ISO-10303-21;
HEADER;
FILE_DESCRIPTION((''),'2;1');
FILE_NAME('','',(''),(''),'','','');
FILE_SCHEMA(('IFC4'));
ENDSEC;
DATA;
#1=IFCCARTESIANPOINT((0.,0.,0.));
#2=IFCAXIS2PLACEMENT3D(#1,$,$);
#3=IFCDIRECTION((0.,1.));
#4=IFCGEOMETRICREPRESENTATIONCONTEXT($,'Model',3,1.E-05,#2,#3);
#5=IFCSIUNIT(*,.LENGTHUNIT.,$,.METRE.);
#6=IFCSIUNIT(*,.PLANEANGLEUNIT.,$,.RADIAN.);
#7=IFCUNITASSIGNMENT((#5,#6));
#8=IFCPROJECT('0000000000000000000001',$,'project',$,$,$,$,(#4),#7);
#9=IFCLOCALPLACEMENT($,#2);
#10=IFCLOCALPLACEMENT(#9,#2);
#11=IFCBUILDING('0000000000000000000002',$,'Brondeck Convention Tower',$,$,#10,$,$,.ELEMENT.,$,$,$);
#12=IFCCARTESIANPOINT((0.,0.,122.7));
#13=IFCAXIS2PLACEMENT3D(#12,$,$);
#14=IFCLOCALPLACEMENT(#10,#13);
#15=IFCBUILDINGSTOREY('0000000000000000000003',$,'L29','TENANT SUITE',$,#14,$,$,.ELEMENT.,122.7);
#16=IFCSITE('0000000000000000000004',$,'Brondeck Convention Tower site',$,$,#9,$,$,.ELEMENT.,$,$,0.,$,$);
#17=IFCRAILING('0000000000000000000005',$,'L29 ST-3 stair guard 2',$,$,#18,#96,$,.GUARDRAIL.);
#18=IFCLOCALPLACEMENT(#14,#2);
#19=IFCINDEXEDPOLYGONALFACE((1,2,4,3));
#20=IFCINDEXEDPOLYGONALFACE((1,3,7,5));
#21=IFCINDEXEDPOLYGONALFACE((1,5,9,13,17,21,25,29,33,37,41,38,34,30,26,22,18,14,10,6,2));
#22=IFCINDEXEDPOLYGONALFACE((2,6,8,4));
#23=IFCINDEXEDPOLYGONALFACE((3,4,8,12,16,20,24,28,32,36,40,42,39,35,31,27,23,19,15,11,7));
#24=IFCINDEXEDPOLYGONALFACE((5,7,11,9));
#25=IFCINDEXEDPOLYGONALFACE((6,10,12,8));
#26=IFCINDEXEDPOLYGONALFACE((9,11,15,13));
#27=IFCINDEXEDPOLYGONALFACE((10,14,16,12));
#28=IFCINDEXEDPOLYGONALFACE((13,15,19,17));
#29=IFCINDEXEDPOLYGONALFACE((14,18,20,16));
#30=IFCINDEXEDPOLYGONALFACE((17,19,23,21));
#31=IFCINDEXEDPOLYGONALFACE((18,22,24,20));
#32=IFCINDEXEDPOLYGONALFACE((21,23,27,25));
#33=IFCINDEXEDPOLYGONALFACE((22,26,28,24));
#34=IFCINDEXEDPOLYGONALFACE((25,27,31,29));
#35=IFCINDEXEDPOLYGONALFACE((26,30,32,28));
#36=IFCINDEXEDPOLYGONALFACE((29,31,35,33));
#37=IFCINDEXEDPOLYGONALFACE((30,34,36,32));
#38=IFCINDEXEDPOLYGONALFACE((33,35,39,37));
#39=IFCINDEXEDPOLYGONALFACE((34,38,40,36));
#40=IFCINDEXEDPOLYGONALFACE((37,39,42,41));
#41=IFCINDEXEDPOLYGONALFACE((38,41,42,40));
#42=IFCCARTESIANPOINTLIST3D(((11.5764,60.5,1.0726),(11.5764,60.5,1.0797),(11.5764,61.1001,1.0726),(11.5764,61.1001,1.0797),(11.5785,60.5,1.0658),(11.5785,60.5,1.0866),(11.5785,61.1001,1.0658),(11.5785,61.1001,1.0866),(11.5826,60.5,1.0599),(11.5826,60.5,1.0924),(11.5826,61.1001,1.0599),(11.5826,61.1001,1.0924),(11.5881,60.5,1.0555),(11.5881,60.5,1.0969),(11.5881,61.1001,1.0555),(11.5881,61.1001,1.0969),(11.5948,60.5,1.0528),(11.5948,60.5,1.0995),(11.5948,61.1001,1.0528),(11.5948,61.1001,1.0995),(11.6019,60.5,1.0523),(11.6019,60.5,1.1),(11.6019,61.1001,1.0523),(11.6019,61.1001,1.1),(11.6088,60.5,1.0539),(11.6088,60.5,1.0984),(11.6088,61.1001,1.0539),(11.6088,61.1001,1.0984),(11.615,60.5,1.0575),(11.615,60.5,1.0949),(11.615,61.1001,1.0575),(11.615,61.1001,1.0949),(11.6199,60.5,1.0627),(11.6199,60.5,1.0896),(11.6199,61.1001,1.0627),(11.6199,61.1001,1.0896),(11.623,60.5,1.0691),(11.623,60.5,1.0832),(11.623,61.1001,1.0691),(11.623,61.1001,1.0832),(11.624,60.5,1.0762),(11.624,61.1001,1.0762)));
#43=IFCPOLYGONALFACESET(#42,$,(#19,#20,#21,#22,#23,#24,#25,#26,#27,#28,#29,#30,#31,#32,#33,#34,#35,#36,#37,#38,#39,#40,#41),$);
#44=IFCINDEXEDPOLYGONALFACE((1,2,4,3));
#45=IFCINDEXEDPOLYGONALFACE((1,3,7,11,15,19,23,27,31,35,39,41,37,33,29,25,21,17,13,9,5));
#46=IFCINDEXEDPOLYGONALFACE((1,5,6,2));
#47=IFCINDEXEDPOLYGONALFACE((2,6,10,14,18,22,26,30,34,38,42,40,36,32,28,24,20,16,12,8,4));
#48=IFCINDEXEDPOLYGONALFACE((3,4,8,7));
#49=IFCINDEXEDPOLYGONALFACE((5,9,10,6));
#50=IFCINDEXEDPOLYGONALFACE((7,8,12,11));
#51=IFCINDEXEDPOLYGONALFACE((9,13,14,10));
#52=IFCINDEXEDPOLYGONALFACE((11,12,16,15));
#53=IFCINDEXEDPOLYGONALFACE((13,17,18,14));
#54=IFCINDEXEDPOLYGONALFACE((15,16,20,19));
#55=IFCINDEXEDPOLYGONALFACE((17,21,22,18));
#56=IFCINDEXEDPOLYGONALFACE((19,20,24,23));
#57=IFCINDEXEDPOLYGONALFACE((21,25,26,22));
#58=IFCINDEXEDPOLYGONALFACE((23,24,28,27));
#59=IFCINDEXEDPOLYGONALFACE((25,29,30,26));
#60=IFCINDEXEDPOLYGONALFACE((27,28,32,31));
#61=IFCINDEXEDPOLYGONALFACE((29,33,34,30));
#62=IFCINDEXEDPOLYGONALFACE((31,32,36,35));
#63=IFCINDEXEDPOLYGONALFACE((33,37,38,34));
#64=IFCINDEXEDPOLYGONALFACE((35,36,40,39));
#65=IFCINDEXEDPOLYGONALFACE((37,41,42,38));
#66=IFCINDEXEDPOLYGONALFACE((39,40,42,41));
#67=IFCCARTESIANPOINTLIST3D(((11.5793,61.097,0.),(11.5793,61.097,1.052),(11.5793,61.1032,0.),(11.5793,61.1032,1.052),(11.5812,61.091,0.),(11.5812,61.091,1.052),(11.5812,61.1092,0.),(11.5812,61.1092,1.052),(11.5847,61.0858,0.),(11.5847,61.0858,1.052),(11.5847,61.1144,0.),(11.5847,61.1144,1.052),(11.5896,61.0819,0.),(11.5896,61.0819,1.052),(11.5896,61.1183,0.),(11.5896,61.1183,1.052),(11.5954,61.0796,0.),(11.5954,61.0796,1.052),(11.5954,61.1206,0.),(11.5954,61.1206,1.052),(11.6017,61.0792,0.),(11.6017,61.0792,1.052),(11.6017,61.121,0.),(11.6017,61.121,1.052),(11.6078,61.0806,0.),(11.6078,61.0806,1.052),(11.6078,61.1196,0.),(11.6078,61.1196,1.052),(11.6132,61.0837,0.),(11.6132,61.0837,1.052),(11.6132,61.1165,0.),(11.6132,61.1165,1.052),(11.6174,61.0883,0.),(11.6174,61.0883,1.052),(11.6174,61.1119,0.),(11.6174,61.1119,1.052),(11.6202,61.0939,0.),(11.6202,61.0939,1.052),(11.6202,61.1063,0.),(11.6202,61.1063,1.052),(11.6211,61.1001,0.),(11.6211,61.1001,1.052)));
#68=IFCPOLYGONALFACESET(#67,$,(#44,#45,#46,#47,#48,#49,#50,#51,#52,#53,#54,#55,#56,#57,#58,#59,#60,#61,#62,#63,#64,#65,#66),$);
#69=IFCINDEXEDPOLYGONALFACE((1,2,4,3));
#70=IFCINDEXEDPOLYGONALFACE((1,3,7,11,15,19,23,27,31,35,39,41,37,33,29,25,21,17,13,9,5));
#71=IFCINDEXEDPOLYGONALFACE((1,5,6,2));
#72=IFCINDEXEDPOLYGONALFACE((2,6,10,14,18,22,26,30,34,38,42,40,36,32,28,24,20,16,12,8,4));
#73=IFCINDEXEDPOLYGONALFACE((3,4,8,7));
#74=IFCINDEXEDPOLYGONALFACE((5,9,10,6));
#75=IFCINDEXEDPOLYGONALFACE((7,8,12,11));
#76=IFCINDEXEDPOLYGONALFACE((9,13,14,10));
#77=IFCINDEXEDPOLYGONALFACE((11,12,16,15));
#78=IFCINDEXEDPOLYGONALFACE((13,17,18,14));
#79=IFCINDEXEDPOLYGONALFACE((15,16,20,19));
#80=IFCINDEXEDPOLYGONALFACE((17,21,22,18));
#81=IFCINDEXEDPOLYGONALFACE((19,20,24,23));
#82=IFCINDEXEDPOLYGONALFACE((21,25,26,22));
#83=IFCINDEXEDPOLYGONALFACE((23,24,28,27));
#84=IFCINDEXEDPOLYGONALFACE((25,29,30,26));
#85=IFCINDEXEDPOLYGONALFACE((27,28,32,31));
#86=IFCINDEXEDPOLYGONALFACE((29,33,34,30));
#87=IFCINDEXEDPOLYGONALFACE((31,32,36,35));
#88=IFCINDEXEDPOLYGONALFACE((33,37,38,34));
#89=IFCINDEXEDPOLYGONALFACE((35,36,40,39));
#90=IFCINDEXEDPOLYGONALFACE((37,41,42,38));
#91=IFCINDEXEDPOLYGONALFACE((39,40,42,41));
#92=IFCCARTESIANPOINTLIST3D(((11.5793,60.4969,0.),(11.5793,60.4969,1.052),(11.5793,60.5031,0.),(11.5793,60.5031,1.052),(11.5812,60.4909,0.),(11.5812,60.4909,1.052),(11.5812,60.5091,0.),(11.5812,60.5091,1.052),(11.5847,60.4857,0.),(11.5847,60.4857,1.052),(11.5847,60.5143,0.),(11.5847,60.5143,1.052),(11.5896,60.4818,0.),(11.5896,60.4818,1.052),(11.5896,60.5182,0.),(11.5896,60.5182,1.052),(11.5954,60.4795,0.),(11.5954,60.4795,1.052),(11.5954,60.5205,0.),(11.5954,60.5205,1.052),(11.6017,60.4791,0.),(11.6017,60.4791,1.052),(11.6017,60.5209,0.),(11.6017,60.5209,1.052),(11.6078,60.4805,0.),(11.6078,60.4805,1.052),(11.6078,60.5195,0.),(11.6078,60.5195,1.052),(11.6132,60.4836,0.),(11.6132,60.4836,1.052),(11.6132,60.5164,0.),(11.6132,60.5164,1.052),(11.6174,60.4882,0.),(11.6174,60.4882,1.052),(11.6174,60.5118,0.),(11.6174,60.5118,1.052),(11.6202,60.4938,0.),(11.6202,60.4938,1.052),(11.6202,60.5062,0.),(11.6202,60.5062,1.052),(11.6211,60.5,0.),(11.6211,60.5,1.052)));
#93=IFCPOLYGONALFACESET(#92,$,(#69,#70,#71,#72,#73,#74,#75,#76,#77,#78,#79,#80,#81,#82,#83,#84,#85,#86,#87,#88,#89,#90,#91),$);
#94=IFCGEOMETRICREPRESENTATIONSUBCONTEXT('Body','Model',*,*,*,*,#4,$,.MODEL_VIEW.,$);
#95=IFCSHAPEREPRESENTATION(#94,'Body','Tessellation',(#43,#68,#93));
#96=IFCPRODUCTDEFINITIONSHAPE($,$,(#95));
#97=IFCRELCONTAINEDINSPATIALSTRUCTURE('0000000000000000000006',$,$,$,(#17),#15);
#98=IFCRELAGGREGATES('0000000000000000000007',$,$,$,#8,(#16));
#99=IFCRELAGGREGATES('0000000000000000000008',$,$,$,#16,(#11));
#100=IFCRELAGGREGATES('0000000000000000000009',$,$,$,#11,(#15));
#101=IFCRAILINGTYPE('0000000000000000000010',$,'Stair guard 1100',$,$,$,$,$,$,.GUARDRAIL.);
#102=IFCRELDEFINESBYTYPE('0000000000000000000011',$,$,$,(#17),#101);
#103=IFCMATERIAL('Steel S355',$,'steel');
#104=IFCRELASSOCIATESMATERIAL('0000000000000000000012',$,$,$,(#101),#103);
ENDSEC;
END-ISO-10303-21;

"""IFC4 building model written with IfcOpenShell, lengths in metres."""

from ifc_helpers import new_model, si_unit, direction, frame, origin, origin_2d, place, context, subcontext, project, spatial, circle, extrude, material, type_object, element, save


model = new_model("IFC4")

# Units and contexts
model_context = context("Model", 3, precision=1e-05, world=origin(), true_north=direction((0.0, 1.0)))
body_context = subcontext(model_context, "Body", "Model", "MODEL_VIEW")
ifc_project = project(units=[si_unit("LENGTHUNIT", "METRE"), si_unit("PLANEANGLEUNIT", "RADIAN")], contexts=[model_context])

# Site, building, storey
site_placement = place(None, origin())
site = spatial("IfcSite", under=ifc_project, at=site_placement, Name="Brondeck Convention Tower site", CompositionType="ELEMENT", RefElevation=0.0)
building_placement = place(site_placement, origin())
building = spatial("IfcBuilding", under=site, at=building_placement, Name="Brondeck Convention Tower", CompositionType="ELEMENT")
storey_placement = place(building_placement, frame((0.0, 0.0, 122.7)))
storey = spatial("IfcBuildingStorey", under=building, at=storey_placement, Name="L29", Description="TENANT SUITE", CompositionType="ELEMENT", Elevation=122.7)

# Railing
ifc_material_1 = material(Name="Steel S355", Category="steel")
railing_type_1 = type_object("IfcRailingType", Name="Stair guard 1100", PredefinedType="GUARDRAIL", material=ifc_material_1)
railing_1_placement = place(storey_placement, frame((11.6001, 61.1001, 0.0)))
element("IfcRailing", 1, at=railing_1_placement, inside=storey, type_object=railing_type_1, Name="L29 ST-3 stair guard 2", PredefinedType="GUARDRAIL", context=body_context, shape_type="SweptSolid", body=[
    extrude(circle(Radius=0.0239, at=origin_2d()), frame((0.0, 0.0, 1.0762), z_axis=(0.0, -1.0, 0.0), x_axis=(1.0, 0.0, 0.0)), (0.0, 0.0, 1.0), 0.6001),
    extrude(circle(Radius=0.021, at=origin_2d()), origin(), (0.0, 0.0, 1.0), 1.052),
    extrude(circle(Radius=0.021, at=origin_2d()), frame((0.0, -0.6001, 0.0)), (0.0, 0.0, 1.0), 1.052),
])

save(model, "model.ifc")
